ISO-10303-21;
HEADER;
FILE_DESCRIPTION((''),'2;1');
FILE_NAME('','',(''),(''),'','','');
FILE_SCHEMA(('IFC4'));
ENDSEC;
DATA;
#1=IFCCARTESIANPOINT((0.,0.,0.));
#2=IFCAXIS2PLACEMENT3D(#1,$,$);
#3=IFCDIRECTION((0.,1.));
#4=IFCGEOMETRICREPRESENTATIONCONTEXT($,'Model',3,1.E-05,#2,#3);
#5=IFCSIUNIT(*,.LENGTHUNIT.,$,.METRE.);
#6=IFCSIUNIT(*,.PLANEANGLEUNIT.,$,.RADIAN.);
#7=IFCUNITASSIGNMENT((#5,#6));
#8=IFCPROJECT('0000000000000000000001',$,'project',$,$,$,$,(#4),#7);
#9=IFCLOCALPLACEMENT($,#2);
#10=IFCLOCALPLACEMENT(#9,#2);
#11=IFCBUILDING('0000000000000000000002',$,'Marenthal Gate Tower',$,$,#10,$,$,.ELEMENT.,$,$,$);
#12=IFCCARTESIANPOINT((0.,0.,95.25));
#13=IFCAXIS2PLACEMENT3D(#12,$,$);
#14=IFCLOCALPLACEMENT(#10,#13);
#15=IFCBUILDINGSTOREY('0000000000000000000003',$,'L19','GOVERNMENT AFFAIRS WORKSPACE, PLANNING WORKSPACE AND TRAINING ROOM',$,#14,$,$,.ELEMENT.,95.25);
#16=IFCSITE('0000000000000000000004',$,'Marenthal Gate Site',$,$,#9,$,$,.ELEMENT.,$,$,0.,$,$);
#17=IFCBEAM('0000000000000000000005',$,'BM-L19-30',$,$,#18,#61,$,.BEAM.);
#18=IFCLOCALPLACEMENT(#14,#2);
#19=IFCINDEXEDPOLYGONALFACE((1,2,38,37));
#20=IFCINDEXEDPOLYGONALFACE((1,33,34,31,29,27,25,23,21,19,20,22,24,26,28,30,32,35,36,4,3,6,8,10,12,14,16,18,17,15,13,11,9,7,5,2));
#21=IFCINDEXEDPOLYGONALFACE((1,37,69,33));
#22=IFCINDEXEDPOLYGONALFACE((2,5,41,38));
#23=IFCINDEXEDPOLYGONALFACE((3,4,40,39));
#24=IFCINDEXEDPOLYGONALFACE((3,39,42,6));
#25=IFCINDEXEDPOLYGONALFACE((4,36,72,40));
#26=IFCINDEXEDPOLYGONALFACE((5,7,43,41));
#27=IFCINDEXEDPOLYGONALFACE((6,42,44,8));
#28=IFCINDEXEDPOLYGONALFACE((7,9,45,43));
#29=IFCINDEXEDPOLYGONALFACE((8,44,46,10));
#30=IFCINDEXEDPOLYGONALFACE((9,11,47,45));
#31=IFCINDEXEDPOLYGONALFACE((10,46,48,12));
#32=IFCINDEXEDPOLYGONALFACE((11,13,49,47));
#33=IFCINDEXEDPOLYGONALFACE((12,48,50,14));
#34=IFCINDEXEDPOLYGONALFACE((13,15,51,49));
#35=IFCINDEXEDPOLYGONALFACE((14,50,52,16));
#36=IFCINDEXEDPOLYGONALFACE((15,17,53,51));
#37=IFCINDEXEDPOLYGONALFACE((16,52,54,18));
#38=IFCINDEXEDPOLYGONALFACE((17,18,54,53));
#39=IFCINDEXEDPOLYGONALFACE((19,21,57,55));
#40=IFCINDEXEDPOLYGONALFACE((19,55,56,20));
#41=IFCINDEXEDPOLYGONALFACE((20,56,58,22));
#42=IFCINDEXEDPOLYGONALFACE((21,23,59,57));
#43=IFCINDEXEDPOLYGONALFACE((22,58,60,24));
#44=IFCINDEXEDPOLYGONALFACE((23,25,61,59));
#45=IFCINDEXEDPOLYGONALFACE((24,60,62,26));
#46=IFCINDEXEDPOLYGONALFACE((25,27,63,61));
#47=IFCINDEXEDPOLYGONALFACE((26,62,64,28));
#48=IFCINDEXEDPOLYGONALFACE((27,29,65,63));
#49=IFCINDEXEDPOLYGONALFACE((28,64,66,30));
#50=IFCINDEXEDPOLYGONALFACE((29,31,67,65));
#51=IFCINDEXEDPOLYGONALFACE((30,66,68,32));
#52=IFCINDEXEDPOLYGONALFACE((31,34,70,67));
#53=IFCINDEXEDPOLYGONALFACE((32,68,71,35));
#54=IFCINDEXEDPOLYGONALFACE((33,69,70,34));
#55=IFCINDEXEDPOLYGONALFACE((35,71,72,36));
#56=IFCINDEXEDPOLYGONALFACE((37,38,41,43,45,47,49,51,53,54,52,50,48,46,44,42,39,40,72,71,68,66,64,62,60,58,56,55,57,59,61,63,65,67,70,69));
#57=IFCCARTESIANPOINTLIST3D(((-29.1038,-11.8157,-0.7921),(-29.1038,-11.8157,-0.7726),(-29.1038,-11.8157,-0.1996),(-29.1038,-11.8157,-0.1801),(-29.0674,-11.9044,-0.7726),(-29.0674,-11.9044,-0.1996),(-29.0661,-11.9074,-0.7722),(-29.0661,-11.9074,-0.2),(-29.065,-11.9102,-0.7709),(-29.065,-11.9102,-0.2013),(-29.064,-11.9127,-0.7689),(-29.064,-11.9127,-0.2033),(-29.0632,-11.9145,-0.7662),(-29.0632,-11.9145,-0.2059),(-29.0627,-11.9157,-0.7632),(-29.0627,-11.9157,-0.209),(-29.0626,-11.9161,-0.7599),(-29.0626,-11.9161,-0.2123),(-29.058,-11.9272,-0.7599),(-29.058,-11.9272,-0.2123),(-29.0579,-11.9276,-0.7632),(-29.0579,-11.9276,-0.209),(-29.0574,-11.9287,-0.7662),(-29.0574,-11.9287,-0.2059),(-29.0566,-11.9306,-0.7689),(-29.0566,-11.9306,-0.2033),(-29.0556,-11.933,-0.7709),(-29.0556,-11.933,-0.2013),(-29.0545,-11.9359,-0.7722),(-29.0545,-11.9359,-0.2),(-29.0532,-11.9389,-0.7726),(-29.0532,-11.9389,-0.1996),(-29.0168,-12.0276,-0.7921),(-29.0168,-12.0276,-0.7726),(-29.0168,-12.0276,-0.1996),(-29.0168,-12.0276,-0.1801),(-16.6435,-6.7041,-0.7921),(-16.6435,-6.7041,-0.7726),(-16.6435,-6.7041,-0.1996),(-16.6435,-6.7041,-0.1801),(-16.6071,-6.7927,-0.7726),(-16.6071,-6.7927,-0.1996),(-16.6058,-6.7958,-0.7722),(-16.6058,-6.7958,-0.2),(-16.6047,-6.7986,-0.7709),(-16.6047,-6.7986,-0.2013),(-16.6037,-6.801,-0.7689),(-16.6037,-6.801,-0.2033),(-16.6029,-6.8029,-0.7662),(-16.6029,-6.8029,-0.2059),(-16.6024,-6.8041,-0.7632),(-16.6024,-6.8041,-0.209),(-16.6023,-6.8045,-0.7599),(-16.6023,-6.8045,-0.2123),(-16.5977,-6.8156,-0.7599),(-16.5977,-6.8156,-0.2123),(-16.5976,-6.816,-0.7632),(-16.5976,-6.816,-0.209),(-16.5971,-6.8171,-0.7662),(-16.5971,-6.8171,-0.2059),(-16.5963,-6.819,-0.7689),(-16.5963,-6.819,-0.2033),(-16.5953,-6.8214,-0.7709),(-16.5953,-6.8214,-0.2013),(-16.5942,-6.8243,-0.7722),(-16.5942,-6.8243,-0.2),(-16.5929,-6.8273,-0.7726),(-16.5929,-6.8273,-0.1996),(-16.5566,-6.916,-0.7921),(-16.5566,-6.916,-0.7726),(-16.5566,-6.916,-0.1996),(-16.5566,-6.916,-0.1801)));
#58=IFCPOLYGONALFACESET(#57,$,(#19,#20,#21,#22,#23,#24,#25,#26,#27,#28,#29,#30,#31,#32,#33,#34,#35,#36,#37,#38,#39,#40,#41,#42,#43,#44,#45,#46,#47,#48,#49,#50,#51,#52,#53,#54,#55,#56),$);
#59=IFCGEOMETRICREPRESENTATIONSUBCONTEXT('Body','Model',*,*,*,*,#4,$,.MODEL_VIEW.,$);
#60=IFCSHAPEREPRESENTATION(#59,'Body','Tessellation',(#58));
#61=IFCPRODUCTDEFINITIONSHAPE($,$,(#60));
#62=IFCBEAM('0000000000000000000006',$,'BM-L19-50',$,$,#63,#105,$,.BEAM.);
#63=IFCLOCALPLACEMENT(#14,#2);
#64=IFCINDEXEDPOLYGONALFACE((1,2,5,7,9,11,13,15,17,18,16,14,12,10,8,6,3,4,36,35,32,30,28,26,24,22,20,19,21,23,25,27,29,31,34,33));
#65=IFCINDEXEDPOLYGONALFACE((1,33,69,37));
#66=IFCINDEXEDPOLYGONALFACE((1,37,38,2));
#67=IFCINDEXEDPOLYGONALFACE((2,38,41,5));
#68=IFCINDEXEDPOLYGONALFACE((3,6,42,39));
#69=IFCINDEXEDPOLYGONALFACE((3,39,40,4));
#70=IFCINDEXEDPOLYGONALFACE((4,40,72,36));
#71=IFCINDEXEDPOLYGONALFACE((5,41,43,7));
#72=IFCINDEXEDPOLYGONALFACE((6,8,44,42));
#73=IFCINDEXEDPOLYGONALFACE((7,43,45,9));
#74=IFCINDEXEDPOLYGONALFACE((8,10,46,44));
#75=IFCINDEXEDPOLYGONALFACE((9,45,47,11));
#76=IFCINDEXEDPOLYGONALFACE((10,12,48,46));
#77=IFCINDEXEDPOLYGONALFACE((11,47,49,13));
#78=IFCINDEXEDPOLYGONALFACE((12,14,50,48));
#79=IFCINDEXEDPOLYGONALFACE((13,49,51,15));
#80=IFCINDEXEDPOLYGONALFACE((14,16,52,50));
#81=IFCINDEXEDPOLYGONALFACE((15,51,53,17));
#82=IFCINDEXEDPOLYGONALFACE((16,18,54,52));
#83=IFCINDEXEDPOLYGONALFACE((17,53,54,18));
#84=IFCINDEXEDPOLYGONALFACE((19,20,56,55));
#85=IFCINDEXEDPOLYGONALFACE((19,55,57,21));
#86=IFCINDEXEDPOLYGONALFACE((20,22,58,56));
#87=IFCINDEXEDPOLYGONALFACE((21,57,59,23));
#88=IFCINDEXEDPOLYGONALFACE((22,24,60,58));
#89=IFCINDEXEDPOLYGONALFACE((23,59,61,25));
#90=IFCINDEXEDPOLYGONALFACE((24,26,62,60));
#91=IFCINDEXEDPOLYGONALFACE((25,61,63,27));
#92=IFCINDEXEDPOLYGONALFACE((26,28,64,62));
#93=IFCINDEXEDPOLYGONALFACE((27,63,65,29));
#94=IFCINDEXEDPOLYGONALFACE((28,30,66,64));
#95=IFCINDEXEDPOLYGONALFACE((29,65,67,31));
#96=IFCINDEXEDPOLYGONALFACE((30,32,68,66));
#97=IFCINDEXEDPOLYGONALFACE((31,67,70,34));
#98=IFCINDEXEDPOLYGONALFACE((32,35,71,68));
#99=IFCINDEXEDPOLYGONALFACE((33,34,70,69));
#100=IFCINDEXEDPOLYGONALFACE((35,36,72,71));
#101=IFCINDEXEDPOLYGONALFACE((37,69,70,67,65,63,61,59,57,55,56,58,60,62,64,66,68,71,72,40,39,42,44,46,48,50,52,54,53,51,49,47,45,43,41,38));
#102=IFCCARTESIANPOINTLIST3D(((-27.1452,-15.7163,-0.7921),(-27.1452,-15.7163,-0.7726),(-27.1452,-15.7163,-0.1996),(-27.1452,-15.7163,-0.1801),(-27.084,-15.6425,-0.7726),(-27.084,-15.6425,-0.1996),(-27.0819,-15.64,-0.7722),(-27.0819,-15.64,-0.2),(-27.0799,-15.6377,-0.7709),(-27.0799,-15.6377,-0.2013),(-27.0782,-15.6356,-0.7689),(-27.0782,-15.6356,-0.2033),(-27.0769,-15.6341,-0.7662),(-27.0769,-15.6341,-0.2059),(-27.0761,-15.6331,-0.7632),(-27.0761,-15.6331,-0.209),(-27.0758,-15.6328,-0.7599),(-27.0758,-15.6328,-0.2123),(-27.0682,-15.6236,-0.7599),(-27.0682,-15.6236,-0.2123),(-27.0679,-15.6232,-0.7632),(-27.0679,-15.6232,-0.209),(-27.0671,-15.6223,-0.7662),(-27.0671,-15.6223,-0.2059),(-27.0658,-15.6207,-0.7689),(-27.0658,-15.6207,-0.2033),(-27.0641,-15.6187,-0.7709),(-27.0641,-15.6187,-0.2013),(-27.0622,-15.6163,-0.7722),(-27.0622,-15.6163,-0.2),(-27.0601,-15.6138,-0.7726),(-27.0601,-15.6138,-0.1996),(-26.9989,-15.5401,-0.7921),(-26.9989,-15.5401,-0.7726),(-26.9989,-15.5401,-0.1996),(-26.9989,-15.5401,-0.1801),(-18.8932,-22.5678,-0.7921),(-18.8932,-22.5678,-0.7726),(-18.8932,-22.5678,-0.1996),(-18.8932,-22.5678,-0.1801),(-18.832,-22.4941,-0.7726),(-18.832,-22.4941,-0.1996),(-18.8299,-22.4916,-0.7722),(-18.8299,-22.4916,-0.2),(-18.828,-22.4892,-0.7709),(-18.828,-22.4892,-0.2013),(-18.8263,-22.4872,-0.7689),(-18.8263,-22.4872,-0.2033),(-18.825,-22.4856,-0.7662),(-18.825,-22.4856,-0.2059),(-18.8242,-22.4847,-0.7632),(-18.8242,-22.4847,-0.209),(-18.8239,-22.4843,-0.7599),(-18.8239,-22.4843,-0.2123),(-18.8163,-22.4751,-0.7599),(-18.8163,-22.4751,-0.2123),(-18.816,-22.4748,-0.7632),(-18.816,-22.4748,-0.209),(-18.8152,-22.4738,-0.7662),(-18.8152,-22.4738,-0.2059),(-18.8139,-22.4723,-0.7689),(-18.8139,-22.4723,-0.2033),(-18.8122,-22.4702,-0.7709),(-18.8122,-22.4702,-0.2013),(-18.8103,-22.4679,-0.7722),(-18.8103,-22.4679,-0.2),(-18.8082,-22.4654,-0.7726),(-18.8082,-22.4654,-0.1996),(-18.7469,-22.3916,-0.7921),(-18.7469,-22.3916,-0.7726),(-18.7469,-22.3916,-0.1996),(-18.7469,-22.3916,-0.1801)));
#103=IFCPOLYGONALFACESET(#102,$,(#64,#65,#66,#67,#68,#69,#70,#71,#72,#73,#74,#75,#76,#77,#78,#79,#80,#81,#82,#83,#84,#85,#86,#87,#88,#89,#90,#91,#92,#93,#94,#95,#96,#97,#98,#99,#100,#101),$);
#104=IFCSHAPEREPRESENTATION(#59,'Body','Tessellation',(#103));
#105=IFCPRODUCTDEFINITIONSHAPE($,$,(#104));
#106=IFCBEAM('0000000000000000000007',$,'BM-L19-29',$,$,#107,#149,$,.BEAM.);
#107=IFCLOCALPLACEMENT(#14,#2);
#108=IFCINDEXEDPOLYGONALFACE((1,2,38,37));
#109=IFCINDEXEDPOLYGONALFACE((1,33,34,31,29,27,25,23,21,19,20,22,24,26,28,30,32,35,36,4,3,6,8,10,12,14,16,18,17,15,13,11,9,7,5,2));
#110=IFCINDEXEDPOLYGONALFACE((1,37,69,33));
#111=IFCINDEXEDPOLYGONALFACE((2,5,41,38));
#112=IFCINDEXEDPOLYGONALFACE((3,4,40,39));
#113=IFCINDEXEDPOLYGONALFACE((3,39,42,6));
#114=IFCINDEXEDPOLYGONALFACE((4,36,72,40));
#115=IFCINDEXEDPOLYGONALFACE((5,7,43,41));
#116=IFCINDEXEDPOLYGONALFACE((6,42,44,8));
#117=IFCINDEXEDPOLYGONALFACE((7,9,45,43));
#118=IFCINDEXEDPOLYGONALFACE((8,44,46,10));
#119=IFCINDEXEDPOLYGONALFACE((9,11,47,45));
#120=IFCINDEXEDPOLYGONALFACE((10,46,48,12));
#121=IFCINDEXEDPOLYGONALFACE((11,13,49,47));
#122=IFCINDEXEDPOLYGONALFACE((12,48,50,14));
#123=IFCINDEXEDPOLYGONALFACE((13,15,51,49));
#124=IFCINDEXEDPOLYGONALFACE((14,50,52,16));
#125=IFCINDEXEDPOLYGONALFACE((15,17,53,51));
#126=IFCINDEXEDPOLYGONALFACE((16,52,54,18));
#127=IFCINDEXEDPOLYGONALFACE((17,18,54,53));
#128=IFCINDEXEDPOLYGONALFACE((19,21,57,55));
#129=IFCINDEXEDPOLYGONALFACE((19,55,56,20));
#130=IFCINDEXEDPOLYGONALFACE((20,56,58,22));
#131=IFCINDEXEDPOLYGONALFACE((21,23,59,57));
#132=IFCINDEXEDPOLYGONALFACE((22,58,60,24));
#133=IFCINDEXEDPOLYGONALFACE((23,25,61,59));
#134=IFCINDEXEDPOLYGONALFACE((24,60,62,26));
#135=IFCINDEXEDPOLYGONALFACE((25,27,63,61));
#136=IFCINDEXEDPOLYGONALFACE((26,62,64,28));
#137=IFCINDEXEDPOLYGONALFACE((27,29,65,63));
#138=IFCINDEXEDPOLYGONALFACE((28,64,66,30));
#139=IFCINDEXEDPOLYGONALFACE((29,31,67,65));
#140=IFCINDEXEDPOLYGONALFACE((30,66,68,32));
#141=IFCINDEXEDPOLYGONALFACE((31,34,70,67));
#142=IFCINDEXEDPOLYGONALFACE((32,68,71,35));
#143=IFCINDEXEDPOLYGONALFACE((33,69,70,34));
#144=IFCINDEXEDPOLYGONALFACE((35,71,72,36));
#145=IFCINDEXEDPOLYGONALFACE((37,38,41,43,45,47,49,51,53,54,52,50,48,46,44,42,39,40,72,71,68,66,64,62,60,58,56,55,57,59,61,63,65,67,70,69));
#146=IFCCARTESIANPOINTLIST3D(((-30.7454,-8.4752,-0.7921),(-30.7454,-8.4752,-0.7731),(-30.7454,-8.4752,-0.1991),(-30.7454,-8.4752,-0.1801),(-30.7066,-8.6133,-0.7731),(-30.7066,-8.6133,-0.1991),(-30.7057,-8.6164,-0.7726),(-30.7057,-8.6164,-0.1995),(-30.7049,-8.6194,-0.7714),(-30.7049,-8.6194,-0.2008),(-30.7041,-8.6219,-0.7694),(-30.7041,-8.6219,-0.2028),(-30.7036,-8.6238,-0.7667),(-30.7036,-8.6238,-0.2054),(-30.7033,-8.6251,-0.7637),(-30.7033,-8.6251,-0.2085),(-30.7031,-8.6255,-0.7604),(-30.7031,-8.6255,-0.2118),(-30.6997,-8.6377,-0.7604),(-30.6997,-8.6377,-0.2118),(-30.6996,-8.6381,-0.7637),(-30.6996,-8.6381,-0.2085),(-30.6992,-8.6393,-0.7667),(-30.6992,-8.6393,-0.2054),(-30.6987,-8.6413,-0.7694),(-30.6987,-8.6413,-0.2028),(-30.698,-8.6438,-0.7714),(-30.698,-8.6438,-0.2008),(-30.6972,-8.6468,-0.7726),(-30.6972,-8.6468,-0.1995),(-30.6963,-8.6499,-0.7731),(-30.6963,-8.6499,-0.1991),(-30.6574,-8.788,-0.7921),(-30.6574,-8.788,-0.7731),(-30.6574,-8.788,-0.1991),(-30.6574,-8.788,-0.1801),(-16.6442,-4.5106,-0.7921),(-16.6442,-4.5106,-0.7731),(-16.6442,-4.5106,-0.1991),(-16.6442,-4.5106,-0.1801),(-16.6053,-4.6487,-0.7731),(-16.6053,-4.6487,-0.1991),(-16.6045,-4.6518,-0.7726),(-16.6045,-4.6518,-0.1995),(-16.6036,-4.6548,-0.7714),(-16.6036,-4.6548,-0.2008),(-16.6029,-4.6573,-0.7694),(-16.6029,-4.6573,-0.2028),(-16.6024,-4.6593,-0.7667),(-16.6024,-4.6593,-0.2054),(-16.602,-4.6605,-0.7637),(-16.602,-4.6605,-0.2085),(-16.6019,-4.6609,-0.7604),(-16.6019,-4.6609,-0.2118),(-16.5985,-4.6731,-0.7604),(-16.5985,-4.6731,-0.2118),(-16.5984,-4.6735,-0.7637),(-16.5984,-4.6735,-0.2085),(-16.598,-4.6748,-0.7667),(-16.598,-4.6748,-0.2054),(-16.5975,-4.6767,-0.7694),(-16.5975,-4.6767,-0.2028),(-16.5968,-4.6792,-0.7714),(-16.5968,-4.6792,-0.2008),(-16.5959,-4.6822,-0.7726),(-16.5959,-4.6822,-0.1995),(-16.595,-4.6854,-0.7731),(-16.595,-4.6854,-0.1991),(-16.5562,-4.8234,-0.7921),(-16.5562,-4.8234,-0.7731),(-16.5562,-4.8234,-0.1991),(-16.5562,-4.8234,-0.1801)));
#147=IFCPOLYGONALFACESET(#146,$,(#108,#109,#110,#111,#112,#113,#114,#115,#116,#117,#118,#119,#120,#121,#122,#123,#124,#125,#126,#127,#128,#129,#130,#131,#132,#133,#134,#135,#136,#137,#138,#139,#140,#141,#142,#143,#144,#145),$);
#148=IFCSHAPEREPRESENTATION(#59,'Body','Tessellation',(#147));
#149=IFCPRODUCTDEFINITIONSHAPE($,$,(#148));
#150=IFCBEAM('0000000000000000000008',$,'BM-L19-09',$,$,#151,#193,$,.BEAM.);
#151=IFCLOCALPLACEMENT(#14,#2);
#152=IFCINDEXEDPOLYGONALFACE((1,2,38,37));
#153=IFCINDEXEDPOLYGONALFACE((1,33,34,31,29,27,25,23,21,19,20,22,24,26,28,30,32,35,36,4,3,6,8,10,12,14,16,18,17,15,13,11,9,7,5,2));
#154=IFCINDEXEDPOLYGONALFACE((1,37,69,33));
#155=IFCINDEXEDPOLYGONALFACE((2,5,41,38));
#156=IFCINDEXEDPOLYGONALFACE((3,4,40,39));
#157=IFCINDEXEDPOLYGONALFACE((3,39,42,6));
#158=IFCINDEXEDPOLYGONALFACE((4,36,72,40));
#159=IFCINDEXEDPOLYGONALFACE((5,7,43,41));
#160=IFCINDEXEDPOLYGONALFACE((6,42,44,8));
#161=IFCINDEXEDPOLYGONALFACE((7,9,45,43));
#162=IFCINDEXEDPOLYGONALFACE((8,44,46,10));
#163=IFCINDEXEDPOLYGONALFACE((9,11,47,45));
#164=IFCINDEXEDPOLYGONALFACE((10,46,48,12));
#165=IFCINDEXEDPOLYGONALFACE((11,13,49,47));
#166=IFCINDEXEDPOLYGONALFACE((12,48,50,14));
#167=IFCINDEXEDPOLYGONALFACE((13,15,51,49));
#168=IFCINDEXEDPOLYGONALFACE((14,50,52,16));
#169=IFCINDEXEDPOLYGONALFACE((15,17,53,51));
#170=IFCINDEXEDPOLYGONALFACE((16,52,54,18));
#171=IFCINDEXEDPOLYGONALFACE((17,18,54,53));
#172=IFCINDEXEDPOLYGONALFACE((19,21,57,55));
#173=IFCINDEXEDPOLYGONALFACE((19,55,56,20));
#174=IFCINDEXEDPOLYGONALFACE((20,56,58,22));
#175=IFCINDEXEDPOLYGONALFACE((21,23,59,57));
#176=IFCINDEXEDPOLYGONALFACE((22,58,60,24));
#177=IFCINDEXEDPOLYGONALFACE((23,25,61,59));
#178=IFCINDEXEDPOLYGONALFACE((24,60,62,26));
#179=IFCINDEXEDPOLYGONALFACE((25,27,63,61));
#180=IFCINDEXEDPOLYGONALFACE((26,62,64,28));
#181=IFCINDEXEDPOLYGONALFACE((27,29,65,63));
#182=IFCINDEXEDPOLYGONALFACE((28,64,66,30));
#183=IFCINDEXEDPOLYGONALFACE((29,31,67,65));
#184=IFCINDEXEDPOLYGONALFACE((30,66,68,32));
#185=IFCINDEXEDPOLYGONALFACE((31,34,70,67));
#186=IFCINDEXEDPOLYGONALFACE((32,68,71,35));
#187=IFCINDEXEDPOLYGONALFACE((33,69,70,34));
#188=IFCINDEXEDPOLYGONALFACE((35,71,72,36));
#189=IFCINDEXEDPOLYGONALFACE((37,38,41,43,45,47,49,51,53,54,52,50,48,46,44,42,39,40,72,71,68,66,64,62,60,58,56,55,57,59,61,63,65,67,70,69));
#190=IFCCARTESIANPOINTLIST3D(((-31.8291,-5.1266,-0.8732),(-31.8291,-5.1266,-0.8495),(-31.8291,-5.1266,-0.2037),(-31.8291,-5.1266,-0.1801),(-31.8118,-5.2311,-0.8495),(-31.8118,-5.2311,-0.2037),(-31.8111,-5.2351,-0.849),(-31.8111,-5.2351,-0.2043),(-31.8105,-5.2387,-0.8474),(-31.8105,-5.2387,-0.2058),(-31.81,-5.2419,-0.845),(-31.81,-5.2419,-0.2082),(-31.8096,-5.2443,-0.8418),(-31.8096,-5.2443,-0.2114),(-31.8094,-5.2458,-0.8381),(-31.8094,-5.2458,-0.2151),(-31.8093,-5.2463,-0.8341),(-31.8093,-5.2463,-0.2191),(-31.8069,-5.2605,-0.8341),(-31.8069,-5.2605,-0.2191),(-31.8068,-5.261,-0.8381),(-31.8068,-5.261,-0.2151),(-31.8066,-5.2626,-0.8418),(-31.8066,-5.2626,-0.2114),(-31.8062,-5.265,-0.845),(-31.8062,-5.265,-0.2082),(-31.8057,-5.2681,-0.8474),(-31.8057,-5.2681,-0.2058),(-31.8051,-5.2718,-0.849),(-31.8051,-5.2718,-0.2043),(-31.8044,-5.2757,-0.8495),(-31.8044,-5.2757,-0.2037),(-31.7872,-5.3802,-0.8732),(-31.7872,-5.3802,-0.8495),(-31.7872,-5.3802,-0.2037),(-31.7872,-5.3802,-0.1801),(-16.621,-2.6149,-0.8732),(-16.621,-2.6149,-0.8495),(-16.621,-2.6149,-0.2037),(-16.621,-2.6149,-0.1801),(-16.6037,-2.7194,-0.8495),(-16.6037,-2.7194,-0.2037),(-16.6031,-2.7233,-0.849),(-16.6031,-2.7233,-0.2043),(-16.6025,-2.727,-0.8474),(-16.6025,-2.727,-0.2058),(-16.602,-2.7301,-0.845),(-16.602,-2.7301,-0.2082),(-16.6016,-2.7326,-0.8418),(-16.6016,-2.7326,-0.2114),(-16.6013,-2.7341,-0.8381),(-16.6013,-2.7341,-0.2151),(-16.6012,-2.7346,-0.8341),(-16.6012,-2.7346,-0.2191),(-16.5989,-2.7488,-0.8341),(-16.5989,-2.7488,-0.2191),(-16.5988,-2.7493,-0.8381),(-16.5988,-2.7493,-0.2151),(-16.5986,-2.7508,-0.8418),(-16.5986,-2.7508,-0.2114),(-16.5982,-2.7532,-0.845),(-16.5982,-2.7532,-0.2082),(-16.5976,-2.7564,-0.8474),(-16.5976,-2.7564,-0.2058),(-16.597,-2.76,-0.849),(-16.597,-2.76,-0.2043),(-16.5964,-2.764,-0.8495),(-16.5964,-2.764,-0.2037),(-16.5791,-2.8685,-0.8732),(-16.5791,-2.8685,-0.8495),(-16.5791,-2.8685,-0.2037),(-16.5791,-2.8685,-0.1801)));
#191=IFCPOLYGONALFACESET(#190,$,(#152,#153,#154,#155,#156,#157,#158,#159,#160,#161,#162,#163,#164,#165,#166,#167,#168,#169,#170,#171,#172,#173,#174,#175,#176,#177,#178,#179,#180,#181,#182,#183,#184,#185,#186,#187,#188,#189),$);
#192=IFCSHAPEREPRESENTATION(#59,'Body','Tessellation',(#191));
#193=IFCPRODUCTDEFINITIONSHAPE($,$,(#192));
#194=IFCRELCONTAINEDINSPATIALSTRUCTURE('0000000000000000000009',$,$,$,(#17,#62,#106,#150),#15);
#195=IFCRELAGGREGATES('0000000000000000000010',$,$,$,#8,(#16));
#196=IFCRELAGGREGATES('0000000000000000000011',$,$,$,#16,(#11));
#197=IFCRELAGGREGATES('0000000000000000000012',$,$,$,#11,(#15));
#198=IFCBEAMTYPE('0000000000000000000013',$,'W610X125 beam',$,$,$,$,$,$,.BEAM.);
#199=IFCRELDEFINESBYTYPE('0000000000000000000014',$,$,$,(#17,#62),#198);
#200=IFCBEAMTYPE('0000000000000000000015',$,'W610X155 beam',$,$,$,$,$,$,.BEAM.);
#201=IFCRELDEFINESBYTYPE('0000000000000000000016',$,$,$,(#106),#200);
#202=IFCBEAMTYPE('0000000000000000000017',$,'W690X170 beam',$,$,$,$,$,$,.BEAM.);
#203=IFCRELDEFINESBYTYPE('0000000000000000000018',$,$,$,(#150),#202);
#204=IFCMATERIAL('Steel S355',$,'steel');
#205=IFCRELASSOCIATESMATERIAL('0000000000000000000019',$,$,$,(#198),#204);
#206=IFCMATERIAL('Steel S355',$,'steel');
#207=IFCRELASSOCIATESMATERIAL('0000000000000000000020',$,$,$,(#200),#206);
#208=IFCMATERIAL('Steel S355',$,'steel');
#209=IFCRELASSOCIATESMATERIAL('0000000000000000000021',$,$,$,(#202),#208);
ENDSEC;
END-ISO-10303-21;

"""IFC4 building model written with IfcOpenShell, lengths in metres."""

from ifc_helpers import new_model, si_unit, direction, frame, origin, origin_2d, place, context, subcontext, project, spatial, i_section, extrude, material, material_profile, profile_set, type_object, element, save


model = new_model("IFC4")

# Units and contexts
model_context = context("Model", 3, precision=1e-05, world=origin(), true_north=direction((0.0, 1.0)))
body_context = subcontext(model_context, "Body", "Model", "MODEL_VIEW")
ifc_project = project(units=[si_unit("LENGTHUNIT", "METRE"), si_unit("PLANEANGLEUNIT", "RADIAN")], contexts=[model_context])

# Site, building, storey
site_placement = place(None, origin())
site = spatial("IfcSite", under=ifc_project, at=site_placement, Name="Marenthal Gate Site", CompositionType="ELEMENT", RefElevation=0.0)
building_placement = place(site_placement, origin())
building = spatial("IfcBuilding", under=site, at=building_placement, Name="Marenthal Gate Tower", CompositionType="ELEMENT")
storey_placement = place(building_placement, frame((0.0, 0.0, 95.25)))
storey = spatial("IfcBuildingStorey", under=building, at=storey_placement, Name="L19", Description="GOVERNMENT AFFAIRS WORKSPACE, PLANNING WORKSPACE AND TRAINING ROOM", CompositionType="ELEMENT", Elevation=95.25)

# Beams
ifc_material_1 = material(Name="Steel S355", Category="steel")
ifc_material_profile_1 = material_profile(ifc_material_1, i_section(OverallWidth=0.229, OverallDepth=0.6121, WebThickness=0.012, FlangeThickness=0.0195, FilletRadius=0.0127, at=origin_2d()), Name="W610X125")
ifc_profile_set_1 = profile_set([ifc_material_profile_1], Name="Steel S355")
beam_type_1 = type_object("IfcBeamType", Name="W610X125 beam", PredefinedType="BEAM", material=ifc_profile_set_1)
beam_1_placement = place(storey_placement, frame((-29.0603, -11.9216, -0.4861), z_axis=(0.925177, 0.379537, 0.0), x_axis=(-0.379537, 0.925177, 0.0)))
element("IfcBeam", 1, at=beam_1_placement, inside=storey, type_object=beam_type_1, Name="BM-L19-30", PredefinedType="BEAM", context=body_context, shape_type="SweptSolid", body=[
    extrude(i_section(OverallWidth=0.229, OverallDepth=0.6121, WebThickness=0.012, FlangeThickness=0.0195, FilletRadius=0.0127, at=origin_2d()), origin(), (0.0, 0.0, 1.0), 13.468),
])
beam_2_placement = place(storey_placement, frame((-27.072, -15.6282, -0.4861), z_axis=(0.769369, -0.638804, 0.0), x_axis=(0.638804, 0.769369, 0.0)))
element("IfcBeam", 2, at=beam_2_placement, inside=storey, type_object=beam_type_1, Name="BM-L19-50", PredefinedType="BEAM", context=body_context, shape_type="SweptSolid", body=[
    extrude(i_section(OverallWidth=0.229, OverallDepth=0.6121, WebThickness=0.012, FlangeThickness=0.0195, FilletRadius=0.0127, at=origin_2d()), origin(), (0.0, 0.0, 1.0), 10.7256),
])
ifc_material_2 = material(Name="Steel S355", Category="steel")
ifc_material_profile_2 = material_profile(ifc_material_2, i_section(OverallWidth=0.325, OverallDepth=0.6121, WebThickness=0.0127, FlangeThickness=0.019, FilletRadius=0.0127, at=origin_2d()), Name="W610X155")
ifc_profile_set_2 = profile_set([ifc_material_profile_2], Name="Steel S355")
beam_type_2 = type_object("IfcBeamType", Name="W610X155 beam", PredefinedType="BEAM", material=ifc_profile_set_2)
beam_3_placement = place(storey_placement, frame((-30.7014, -8.6316, -0.4861), z_axis=(0.962676, 0.270657, 0.0), x_axis=(-0.270657, 0.962676, 0.0)))
element("IfcBeam", 3, at=beam_3_placement, inside=storey, type_object=beam_type_2, Name="BM-L19-29", PredefinedType="BEAM", context=body_context, shape_type="SweptSolid", body=[
    extrude(i_section(OverallWidth=0.325, OverallDepth=0.6121, WebThickness=0.0127, FlangeThickness=0.019, FilletRadius=0.0127, at=origin_2d()), origin(), (0.0, 0.0, 1.0), 14.6479),
])
ifc_material_3 = material(Name="Steel S355", Category="steel")
ifc_material_profile_3 = material_profile(ifc_material_3, i_section(OverallWidth=0.2571, OverallDepth=0.6931, WebThickness=0.0144, FlangeThickness=0.0237, FilletRadius=0.0154, at=origin_2d()), Name="W690X170")
ifc_profile_set_3 = profile_set([ifc_material_profile_3], Name="Steel S355")
beam_type_3 = type_object("IfcBeamType", Name="W690X170 beam", PredefinedType="BEAM", material=ifc_profile_set_3)
beam_4_placement = place(storey_placement, frame((-31.8081, -5.2534, -0.5266), z_axis=(0.986634, 0.16295, 0.0), x_axis=(-0.16295, 0.986634, 0.0)))
element("IfcBeam", 4, at=beam_4_placement, inside=storey, type_object=beam_type_3, Name="BM-L19-09", PredefinedType="BEAM", context=body_context, shape_type="SweptSolid", body=[
    extrude(i_section(OverallWidth=0.2571, OverallDepth=0.6931, WebThickness=0.0144, FlangeThickness=0.0237, FilletRadius=0.0154, at=origin_2d()), origin(), (0.0, 0.0, 1.0), 15.4141),
])

save(model, "model.ifc")
